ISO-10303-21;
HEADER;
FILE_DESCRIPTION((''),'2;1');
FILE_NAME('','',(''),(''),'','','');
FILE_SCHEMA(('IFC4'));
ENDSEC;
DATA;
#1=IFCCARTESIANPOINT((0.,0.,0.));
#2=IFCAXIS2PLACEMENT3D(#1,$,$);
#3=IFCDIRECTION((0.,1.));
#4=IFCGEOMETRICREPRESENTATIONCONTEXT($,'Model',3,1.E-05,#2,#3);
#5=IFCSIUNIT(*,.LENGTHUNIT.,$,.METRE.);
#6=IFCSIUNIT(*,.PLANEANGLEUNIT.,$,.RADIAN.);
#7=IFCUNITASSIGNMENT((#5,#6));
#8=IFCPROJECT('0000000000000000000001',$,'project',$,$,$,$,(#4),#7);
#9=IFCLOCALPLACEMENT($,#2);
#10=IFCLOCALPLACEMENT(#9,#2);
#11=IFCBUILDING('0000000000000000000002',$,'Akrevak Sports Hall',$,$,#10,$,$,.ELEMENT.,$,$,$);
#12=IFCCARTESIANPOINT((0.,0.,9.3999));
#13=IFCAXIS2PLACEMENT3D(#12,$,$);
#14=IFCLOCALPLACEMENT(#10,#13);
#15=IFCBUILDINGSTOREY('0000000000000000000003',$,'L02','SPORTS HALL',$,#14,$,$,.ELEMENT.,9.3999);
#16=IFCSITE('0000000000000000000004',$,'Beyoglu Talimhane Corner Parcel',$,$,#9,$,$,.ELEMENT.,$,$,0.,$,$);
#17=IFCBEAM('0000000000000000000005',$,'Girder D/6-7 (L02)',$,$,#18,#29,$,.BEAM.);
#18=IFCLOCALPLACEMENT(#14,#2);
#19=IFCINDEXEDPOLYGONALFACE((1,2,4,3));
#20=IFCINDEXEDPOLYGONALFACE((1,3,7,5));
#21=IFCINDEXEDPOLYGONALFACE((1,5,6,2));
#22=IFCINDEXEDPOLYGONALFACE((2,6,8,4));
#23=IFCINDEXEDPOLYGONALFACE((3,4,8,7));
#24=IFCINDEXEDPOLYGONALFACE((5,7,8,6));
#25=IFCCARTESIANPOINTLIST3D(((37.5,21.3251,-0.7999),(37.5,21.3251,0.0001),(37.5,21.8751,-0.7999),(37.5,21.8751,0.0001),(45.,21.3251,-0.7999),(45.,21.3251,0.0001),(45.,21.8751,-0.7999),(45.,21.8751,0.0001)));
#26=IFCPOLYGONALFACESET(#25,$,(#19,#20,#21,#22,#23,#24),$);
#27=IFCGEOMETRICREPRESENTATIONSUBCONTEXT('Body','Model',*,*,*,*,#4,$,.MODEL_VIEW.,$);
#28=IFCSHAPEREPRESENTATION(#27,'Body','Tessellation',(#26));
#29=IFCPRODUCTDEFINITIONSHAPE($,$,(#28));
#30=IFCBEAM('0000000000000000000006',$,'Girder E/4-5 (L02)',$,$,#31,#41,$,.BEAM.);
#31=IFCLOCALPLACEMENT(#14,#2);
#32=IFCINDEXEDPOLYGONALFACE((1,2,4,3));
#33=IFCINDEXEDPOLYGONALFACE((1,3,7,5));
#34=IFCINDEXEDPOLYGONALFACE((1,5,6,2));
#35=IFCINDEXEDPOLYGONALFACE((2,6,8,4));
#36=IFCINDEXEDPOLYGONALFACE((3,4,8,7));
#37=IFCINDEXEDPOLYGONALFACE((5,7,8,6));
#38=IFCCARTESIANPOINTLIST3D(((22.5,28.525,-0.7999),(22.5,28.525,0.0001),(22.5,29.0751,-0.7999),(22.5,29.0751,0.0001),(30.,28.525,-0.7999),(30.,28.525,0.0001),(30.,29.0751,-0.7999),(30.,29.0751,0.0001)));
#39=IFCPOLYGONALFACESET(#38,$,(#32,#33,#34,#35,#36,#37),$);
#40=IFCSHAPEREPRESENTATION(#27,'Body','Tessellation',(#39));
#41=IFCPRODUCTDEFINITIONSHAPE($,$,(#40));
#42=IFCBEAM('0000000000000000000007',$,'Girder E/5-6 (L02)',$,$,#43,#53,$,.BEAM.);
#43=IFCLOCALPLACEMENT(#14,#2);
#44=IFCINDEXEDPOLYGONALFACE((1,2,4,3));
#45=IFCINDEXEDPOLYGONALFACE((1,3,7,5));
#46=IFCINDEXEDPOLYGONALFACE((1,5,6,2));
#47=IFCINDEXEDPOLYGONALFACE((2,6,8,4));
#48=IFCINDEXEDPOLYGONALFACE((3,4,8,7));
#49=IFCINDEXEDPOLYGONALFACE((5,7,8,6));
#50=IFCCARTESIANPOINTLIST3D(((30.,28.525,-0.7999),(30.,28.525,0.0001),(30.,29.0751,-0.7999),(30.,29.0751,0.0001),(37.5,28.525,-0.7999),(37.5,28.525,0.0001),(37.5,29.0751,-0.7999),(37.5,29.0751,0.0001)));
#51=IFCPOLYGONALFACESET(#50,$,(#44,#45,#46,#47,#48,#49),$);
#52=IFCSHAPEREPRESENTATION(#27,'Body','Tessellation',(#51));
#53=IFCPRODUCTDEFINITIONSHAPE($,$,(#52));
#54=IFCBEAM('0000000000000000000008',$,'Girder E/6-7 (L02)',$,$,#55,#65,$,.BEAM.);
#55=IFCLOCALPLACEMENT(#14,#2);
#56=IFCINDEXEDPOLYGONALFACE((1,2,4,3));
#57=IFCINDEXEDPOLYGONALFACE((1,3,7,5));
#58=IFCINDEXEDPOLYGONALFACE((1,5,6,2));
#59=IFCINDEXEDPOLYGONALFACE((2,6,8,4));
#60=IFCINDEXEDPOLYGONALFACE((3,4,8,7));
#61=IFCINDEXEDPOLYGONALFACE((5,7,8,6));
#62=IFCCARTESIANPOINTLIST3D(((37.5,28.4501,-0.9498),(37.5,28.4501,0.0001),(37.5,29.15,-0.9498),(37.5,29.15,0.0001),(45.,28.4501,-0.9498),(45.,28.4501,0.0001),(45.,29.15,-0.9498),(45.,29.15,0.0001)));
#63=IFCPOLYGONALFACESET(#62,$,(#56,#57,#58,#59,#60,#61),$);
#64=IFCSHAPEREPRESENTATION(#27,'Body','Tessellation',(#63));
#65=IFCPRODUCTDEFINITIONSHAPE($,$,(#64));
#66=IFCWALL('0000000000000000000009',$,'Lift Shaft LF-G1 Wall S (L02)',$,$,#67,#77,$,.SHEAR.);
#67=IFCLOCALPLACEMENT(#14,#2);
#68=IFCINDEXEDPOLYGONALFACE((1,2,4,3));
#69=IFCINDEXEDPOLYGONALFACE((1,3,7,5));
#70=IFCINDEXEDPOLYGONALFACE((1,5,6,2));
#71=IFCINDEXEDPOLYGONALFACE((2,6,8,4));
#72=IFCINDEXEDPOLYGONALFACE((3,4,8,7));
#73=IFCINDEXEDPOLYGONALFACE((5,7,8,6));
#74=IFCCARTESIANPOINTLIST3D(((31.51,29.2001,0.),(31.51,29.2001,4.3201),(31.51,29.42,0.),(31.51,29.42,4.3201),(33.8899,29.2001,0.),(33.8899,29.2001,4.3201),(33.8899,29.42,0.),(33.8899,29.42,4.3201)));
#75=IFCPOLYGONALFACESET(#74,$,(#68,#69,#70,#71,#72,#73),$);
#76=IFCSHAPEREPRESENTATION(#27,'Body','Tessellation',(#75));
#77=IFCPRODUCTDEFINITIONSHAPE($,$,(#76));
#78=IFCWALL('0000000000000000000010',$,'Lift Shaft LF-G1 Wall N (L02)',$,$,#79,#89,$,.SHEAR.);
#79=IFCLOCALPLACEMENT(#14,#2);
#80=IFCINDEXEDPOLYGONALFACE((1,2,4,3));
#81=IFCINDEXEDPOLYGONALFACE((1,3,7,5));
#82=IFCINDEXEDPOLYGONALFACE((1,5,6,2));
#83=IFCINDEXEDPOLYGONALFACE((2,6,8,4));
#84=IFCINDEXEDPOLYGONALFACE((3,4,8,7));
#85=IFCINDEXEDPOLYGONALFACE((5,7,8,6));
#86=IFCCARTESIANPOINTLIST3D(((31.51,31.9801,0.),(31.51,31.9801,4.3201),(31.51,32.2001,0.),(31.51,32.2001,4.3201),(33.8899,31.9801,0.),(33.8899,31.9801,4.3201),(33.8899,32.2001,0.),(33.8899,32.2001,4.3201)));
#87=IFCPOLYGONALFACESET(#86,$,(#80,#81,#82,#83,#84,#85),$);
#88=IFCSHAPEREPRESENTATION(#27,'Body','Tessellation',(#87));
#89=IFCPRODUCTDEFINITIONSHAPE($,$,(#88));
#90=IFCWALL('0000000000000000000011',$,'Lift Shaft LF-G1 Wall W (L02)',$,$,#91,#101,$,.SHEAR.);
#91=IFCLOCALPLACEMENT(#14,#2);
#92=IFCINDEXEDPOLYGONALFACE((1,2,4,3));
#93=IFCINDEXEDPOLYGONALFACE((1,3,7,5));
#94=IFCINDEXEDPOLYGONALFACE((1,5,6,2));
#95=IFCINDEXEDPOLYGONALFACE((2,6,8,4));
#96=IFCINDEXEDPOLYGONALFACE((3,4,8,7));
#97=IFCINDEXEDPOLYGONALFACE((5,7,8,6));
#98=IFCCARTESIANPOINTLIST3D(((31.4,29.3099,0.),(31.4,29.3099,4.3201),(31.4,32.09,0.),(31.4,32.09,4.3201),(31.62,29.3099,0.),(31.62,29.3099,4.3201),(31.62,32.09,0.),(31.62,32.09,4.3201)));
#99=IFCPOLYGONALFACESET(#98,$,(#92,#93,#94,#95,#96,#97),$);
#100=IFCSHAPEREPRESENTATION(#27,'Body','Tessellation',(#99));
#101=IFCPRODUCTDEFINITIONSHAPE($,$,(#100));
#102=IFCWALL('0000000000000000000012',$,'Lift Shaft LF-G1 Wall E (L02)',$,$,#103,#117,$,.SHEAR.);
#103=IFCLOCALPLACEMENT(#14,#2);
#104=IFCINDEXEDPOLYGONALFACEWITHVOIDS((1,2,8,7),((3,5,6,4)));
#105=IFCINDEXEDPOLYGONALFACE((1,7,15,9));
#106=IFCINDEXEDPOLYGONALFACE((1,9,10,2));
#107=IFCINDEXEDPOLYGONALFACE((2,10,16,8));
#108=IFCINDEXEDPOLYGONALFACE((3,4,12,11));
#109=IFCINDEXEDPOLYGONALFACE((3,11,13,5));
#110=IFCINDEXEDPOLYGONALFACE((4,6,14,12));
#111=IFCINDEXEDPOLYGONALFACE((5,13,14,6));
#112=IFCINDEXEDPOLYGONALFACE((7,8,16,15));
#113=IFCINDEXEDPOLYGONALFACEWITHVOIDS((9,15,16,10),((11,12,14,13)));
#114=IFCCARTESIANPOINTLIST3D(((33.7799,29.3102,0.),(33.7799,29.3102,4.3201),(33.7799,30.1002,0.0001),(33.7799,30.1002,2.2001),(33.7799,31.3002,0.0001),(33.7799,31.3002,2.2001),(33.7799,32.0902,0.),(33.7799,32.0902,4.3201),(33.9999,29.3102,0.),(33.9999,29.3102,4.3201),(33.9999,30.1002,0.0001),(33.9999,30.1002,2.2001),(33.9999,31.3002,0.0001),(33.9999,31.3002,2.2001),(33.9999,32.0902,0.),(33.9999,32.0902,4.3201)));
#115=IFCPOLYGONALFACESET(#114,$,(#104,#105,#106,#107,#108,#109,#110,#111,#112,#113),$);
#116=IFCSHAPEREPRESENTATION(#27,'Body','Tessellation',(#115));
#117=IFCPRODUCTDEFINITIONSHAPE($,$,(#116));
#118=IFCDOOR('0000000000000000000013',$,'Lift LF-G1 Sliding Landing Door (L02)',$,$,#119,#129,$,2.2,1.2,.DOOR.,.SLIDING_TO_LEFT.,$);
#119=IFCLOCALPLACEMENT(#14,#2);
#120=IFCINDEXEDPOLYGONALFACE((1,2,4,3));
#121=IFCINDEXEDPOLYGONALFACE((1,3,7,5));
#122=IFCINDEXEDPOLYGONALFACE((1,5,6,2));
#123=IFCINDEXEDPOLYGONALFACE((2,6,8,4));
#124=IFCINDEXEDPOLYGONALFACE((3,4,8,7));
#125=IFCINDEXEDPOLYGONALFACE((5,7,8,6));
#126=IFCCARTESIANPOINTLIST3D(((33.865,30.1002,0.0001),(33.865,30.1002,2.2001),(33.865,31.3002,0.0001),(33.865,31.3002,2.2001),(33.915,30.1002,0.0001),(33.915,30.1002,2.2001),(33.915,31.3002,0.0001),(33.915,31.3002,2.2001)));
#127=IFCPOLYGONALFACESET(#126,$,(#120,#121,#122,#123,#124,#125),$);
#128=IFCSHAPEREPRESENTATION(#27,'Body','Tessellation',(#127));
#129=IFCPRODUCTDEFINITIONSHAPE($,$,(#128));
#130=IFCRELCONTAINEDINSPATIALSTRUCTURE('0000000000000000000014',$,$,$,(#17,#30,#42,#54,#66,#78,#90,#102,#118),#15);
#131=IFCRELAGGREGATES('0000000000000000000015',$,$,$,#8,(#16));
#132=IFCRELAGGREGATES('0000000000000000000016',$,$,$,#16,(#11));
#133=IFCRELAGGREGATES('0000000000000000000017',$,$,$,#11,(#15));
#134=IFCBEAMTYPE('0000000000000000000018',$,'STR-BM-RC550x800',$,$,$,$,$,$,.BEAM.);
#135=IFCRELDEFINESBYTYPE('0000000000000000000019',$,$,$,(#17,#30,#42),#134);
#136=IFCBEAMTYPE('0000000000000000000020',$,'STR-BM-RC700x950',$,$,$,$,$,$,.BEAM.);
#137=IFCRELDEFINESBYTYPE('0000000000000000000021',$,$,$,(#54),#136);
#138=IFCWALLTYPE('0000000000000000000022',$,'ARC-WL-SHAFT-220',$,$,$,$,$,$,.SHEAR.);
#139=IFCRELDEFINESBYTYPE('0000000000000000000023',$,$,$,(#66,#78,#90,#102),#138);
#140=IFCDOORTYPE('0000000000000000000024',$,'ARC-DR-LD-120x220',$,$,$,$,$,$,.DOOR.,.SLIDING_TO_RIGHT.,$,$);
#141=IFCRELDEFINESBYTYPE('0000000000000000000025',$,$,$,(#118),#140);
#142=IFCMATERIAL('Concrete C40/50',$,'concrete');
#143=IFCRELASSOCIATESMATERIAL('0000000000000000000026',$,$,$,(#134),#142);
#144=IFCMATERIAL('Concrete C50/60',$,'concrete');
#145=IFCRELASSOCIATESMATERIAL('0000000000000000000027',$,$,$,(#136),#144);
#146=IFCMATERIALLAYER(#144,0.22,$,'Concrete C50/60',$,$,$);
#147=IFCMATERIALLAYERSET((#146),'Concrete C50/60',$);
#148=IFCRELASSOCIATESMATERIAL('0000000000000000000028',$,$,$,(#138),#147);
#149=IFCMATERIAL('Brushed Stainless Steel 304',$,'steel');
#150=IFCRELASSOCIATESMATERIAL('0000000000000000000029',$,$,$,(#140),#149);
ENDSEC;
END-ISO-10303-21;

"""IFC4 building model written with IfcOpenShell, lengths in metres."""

from ifc_helpers import new_model, si_unit, direction, frame, frame_2d, origin, origin_2d, place, context, subcontext, project, spatial, rectangle, extrude, material, layer, layer_set, material_profile, profile_set, type_object, element, fill, save


model = new_model("IFC4")

# Units and contexts
model_context = context("Model", 3, precision=1e-05, world=origin(), true_north=direction((0.0, 1.0)))
body_context = subcontext(model_context, "Body", "Model", "MODEL_VIEW")
ifc_project = project(units=[si_unit("LENGTHUNIT", "METRE"), si_unit("PLANEANGLEUNIT", "RADIAN")], contexts=[model_context])

# Site, building, storey
site_placement = place(None, origin())
site = spatial("IfcSite", under=ifc_project, at=site_placement, Name="Beyoglu Talimhane Corner Parcel", CompositionType="ELEMENT", RefElevation=0.0)
building_placement = place(site_placement, origin())
building = spatial("IfcBuilding", under=site, at=building_placement, Name="Akrevak Sports Hall", CompositionType="ELEMENT")
storey_placement = place(building_placement, frame((0.0, 0.0, 9.3999)))
storey = spatial("IfcBuildingStorey", under=building, at=storey_placement, Name="L02", Description="SPORTS HALL", CompositionType="ELEMENT", Elevation=9.3999)

# Shared definitions
ifc_material_1 = material(Name="Concrete C40/50", Category="concrete")
ifc_material_2 = material(Name="Concrete C50/60", Category="concrete")

# Beams
ifc_material_profile_1 = material_profile(ifc_material_1, rectangle(XDim=0.55, YDim=0.8, at=origin_2d()), Name="BM 550x800", Category="concrete")
ifc_profile_set_1 = profile_set([ifc_material_profile_1], Name="Concrete C40/50")
beam_type_1 = type_object("IfcBeamType", Name="STR-BM-RC550x800", PredefinedType="BEAM", material=ifc_profile_set_1)
for number, where, z_axis, x_axis, name in (
    (1, (37.5, 21.6001, -0.3999), (1.0, 0.0, 0.0), (0.0, 1.0, 0.0), "Girder D/6-7 (L02)"),
    (2, (22.5, 28.8, -0.3999), (1.0, 0.0, 0.0), (0.0, 1.0, 0.0), "Girder E/4-5 (L02)"),
    (3, (30.0, 28.8, -0.3999), (1.0, 0.0, 0.0), (0.0, 1.0, 0.0), "Girder E/5-6 (L02)"),
):
    element("IfcBeam", number, at=place(storey_placement, frame(where, z_axis=z_axis, x_axis=x_axis)), inside=storey, type_object=beam_type_1, Name=name, PredefinedType="BEAM", context=body_context, shape_type="SweptSolid", body=[
        extrude(rectangle(XDim=0.55, YDim=0.8, at=origin_2d()), origin(), (0.0, 0.0, 1.0), 7.5),
    ])
ifc_material_profile_2 = material_profile(ifc_material_2, rectangle(XDim=0.7, YDim=0.95, at=origin_2d()), Name="BM 700x950", Category="concrete")
ifc_profile_set_2 = profile_set([ifc_material_profile_2], Name="Concrete C50/60")
beam_type_2 = type_object("IfcBeamType", Name="STR-BM-RC700x950", PredefinedType="BEAM", material=ifc_profile_set_2)
beam_1_placement = place(storey_placement, frame((37.5, 28.8, -0.4749), z_axis=(1.0, 0.0, 0.0), x_axis=(0.0, 1.0, 0.0)))
element("IfcBeam", 4, at=beam_1_placement, inside=storey, type_object=beam_type_2, Name="Girder E/6-7 (L02)", PredefinedType="BEAM", context=body_context, shape_type="SweptSolid", body=[
    extrude(rectangle(XDim=0.7, YDim=0.95, at=origin_2d()), origin(), (0.0, 0.0, 1.0), 7.5),
])

# Walls
ifc_layer = layer(ifc_material_2, 0.22, Name="Concrete C50/60")
ifc_layer_set = layer_set([ifc_layer], Name="Concrete C50/60")
wall_type = type_object("IfcWallType", Name="ARC-WL-SHAFT-220", PredefinedType="SHEAR", material=ifc_layer_set)
for number, where, z_axis, x_axis, name in (
    (5, (31.51, 29.3101, 0.0), (0.0, 0.0, 1.0), (1.0, 0.0, 0.0), "Lift Shaft LF-G1 Wall S (L02)"),
    (6, (33.8899, 32.0901, 0.0), (0.0, 0.0, 1.0), (-1.0, 0.0, 0.0), "Lift Shaft LF-G1 Wall N (L02)"),
):
    element("IfcWall", number, at=place(storey_placement, frame(where, z_axis=z_axis, x_axis=x_axis)), inside=storey, type_object=wall_type, Name=name, PredefinedType="SHEAR", context=body_context, shape_type="SweptSolid", body=[
        extrude(rectangle(XDim=2.3799, YDim=0.22, at=frame_2d((1.1899, 0.0))), origin(), (0.0, 0.0, 1.0), 4.3201),
    ])
wall_1_placement = place(storey_placement, frame((31.51, 32.0901, 0.0), z_axis=(0.0, 0.0, 1.0), x_axis=(0.0, -1.0, 0.0)))
element("IfcWall", 7, at=wall_1_placement, inside=storey, type_object=wall_type, Name="Lift Shaft LF-G1 Wall W (L02)", PredefinedType="SHEAR", context=body_context, shape_type="SweptSolid", body=[
    extrude(rectangle(XDim=2.78, YDim=0.22, at=frame_2d((1.3901, 0.0))), origin(), (0.0, 0.0, 1.0), 4.3201),
])

# Wall, opening, door
wall_2_placement = place(storey_placement, frame((33.8899, 29.3101, 0.0), z_axis=(0.0, 0.0, 1.0), x_axis=(0.0, 1.0, 0.0)))
wall_2 = element("IfcWall", 8, at=wall_2_placement, inside=storey, type_object=wall_type, Name="Lift Shaft LF-G1 Wall E (L02)", PredefinedType="SHEAR", context=body_context, shape_type="SweptSolid", body=[
    extrude(rectangle(XDim=2.78, YDim=0.22, at=frame_2d((1.3901, 0.0))), origin(), (0.0, 0.0, 1.0), 4.3201),
])
opening_placement = place(wall_2_placement, frame((0.79, 0.0, 0.0)))
opening = element("IfcOpeningElement", 9, at=opening_placement, cuts=wall_2, PredefinedType="OPENING", context=body_context, shape_type="SweptSolid", body=[
    extrude(rectangle(XDim=1.2, YDim=2.2, at=frame_2d((0.6001, 1.1001))), frame((0.0, 0.1221, 0.0), z_axis=(0.0, -1.0, 0.0), x_axis=(1.0, 0.0, 0.0)), (0.0, 0.0, 1.0), 0.2439),
])
ifc_material_3 = material(Name="Brushed Stainless Steel 304", Category="steel")
door_type = type_object("IfcDoorType", Name="ARC-DR-LD-120x220", OperationType="SLIDING_TO_RIGHT", PredefinedType="DOOR", material=ifc_material_3)
door_placement = place(opening_placement, origin())
door = element("IfcDoor", 10, at=door_placement, inside=storey, type_object=door_type, Name="Lift LF-G1 Sliding Landing Door (L02)", OperationType="SLIDING_TO_LEFT", OverallHeight=2.2, OverallWidth=1.2, PredefinedType="DOOR", context=body_context, shape_type="SweptSolid", body=[
    extrude(rectangle(XDim=1.2, YDim=2.2, at=frame_2d((0.6001, 1.1001))), frame((0.0, 0.0249, 0.0), z_axis=(0.0, -1.0, 0.0), x_axis=(1.0, 0.0, 0.0)), (0.0, 0.0, 1.0), 0.05),
])
fill(opening, door)

save(model, "model.ifc")
